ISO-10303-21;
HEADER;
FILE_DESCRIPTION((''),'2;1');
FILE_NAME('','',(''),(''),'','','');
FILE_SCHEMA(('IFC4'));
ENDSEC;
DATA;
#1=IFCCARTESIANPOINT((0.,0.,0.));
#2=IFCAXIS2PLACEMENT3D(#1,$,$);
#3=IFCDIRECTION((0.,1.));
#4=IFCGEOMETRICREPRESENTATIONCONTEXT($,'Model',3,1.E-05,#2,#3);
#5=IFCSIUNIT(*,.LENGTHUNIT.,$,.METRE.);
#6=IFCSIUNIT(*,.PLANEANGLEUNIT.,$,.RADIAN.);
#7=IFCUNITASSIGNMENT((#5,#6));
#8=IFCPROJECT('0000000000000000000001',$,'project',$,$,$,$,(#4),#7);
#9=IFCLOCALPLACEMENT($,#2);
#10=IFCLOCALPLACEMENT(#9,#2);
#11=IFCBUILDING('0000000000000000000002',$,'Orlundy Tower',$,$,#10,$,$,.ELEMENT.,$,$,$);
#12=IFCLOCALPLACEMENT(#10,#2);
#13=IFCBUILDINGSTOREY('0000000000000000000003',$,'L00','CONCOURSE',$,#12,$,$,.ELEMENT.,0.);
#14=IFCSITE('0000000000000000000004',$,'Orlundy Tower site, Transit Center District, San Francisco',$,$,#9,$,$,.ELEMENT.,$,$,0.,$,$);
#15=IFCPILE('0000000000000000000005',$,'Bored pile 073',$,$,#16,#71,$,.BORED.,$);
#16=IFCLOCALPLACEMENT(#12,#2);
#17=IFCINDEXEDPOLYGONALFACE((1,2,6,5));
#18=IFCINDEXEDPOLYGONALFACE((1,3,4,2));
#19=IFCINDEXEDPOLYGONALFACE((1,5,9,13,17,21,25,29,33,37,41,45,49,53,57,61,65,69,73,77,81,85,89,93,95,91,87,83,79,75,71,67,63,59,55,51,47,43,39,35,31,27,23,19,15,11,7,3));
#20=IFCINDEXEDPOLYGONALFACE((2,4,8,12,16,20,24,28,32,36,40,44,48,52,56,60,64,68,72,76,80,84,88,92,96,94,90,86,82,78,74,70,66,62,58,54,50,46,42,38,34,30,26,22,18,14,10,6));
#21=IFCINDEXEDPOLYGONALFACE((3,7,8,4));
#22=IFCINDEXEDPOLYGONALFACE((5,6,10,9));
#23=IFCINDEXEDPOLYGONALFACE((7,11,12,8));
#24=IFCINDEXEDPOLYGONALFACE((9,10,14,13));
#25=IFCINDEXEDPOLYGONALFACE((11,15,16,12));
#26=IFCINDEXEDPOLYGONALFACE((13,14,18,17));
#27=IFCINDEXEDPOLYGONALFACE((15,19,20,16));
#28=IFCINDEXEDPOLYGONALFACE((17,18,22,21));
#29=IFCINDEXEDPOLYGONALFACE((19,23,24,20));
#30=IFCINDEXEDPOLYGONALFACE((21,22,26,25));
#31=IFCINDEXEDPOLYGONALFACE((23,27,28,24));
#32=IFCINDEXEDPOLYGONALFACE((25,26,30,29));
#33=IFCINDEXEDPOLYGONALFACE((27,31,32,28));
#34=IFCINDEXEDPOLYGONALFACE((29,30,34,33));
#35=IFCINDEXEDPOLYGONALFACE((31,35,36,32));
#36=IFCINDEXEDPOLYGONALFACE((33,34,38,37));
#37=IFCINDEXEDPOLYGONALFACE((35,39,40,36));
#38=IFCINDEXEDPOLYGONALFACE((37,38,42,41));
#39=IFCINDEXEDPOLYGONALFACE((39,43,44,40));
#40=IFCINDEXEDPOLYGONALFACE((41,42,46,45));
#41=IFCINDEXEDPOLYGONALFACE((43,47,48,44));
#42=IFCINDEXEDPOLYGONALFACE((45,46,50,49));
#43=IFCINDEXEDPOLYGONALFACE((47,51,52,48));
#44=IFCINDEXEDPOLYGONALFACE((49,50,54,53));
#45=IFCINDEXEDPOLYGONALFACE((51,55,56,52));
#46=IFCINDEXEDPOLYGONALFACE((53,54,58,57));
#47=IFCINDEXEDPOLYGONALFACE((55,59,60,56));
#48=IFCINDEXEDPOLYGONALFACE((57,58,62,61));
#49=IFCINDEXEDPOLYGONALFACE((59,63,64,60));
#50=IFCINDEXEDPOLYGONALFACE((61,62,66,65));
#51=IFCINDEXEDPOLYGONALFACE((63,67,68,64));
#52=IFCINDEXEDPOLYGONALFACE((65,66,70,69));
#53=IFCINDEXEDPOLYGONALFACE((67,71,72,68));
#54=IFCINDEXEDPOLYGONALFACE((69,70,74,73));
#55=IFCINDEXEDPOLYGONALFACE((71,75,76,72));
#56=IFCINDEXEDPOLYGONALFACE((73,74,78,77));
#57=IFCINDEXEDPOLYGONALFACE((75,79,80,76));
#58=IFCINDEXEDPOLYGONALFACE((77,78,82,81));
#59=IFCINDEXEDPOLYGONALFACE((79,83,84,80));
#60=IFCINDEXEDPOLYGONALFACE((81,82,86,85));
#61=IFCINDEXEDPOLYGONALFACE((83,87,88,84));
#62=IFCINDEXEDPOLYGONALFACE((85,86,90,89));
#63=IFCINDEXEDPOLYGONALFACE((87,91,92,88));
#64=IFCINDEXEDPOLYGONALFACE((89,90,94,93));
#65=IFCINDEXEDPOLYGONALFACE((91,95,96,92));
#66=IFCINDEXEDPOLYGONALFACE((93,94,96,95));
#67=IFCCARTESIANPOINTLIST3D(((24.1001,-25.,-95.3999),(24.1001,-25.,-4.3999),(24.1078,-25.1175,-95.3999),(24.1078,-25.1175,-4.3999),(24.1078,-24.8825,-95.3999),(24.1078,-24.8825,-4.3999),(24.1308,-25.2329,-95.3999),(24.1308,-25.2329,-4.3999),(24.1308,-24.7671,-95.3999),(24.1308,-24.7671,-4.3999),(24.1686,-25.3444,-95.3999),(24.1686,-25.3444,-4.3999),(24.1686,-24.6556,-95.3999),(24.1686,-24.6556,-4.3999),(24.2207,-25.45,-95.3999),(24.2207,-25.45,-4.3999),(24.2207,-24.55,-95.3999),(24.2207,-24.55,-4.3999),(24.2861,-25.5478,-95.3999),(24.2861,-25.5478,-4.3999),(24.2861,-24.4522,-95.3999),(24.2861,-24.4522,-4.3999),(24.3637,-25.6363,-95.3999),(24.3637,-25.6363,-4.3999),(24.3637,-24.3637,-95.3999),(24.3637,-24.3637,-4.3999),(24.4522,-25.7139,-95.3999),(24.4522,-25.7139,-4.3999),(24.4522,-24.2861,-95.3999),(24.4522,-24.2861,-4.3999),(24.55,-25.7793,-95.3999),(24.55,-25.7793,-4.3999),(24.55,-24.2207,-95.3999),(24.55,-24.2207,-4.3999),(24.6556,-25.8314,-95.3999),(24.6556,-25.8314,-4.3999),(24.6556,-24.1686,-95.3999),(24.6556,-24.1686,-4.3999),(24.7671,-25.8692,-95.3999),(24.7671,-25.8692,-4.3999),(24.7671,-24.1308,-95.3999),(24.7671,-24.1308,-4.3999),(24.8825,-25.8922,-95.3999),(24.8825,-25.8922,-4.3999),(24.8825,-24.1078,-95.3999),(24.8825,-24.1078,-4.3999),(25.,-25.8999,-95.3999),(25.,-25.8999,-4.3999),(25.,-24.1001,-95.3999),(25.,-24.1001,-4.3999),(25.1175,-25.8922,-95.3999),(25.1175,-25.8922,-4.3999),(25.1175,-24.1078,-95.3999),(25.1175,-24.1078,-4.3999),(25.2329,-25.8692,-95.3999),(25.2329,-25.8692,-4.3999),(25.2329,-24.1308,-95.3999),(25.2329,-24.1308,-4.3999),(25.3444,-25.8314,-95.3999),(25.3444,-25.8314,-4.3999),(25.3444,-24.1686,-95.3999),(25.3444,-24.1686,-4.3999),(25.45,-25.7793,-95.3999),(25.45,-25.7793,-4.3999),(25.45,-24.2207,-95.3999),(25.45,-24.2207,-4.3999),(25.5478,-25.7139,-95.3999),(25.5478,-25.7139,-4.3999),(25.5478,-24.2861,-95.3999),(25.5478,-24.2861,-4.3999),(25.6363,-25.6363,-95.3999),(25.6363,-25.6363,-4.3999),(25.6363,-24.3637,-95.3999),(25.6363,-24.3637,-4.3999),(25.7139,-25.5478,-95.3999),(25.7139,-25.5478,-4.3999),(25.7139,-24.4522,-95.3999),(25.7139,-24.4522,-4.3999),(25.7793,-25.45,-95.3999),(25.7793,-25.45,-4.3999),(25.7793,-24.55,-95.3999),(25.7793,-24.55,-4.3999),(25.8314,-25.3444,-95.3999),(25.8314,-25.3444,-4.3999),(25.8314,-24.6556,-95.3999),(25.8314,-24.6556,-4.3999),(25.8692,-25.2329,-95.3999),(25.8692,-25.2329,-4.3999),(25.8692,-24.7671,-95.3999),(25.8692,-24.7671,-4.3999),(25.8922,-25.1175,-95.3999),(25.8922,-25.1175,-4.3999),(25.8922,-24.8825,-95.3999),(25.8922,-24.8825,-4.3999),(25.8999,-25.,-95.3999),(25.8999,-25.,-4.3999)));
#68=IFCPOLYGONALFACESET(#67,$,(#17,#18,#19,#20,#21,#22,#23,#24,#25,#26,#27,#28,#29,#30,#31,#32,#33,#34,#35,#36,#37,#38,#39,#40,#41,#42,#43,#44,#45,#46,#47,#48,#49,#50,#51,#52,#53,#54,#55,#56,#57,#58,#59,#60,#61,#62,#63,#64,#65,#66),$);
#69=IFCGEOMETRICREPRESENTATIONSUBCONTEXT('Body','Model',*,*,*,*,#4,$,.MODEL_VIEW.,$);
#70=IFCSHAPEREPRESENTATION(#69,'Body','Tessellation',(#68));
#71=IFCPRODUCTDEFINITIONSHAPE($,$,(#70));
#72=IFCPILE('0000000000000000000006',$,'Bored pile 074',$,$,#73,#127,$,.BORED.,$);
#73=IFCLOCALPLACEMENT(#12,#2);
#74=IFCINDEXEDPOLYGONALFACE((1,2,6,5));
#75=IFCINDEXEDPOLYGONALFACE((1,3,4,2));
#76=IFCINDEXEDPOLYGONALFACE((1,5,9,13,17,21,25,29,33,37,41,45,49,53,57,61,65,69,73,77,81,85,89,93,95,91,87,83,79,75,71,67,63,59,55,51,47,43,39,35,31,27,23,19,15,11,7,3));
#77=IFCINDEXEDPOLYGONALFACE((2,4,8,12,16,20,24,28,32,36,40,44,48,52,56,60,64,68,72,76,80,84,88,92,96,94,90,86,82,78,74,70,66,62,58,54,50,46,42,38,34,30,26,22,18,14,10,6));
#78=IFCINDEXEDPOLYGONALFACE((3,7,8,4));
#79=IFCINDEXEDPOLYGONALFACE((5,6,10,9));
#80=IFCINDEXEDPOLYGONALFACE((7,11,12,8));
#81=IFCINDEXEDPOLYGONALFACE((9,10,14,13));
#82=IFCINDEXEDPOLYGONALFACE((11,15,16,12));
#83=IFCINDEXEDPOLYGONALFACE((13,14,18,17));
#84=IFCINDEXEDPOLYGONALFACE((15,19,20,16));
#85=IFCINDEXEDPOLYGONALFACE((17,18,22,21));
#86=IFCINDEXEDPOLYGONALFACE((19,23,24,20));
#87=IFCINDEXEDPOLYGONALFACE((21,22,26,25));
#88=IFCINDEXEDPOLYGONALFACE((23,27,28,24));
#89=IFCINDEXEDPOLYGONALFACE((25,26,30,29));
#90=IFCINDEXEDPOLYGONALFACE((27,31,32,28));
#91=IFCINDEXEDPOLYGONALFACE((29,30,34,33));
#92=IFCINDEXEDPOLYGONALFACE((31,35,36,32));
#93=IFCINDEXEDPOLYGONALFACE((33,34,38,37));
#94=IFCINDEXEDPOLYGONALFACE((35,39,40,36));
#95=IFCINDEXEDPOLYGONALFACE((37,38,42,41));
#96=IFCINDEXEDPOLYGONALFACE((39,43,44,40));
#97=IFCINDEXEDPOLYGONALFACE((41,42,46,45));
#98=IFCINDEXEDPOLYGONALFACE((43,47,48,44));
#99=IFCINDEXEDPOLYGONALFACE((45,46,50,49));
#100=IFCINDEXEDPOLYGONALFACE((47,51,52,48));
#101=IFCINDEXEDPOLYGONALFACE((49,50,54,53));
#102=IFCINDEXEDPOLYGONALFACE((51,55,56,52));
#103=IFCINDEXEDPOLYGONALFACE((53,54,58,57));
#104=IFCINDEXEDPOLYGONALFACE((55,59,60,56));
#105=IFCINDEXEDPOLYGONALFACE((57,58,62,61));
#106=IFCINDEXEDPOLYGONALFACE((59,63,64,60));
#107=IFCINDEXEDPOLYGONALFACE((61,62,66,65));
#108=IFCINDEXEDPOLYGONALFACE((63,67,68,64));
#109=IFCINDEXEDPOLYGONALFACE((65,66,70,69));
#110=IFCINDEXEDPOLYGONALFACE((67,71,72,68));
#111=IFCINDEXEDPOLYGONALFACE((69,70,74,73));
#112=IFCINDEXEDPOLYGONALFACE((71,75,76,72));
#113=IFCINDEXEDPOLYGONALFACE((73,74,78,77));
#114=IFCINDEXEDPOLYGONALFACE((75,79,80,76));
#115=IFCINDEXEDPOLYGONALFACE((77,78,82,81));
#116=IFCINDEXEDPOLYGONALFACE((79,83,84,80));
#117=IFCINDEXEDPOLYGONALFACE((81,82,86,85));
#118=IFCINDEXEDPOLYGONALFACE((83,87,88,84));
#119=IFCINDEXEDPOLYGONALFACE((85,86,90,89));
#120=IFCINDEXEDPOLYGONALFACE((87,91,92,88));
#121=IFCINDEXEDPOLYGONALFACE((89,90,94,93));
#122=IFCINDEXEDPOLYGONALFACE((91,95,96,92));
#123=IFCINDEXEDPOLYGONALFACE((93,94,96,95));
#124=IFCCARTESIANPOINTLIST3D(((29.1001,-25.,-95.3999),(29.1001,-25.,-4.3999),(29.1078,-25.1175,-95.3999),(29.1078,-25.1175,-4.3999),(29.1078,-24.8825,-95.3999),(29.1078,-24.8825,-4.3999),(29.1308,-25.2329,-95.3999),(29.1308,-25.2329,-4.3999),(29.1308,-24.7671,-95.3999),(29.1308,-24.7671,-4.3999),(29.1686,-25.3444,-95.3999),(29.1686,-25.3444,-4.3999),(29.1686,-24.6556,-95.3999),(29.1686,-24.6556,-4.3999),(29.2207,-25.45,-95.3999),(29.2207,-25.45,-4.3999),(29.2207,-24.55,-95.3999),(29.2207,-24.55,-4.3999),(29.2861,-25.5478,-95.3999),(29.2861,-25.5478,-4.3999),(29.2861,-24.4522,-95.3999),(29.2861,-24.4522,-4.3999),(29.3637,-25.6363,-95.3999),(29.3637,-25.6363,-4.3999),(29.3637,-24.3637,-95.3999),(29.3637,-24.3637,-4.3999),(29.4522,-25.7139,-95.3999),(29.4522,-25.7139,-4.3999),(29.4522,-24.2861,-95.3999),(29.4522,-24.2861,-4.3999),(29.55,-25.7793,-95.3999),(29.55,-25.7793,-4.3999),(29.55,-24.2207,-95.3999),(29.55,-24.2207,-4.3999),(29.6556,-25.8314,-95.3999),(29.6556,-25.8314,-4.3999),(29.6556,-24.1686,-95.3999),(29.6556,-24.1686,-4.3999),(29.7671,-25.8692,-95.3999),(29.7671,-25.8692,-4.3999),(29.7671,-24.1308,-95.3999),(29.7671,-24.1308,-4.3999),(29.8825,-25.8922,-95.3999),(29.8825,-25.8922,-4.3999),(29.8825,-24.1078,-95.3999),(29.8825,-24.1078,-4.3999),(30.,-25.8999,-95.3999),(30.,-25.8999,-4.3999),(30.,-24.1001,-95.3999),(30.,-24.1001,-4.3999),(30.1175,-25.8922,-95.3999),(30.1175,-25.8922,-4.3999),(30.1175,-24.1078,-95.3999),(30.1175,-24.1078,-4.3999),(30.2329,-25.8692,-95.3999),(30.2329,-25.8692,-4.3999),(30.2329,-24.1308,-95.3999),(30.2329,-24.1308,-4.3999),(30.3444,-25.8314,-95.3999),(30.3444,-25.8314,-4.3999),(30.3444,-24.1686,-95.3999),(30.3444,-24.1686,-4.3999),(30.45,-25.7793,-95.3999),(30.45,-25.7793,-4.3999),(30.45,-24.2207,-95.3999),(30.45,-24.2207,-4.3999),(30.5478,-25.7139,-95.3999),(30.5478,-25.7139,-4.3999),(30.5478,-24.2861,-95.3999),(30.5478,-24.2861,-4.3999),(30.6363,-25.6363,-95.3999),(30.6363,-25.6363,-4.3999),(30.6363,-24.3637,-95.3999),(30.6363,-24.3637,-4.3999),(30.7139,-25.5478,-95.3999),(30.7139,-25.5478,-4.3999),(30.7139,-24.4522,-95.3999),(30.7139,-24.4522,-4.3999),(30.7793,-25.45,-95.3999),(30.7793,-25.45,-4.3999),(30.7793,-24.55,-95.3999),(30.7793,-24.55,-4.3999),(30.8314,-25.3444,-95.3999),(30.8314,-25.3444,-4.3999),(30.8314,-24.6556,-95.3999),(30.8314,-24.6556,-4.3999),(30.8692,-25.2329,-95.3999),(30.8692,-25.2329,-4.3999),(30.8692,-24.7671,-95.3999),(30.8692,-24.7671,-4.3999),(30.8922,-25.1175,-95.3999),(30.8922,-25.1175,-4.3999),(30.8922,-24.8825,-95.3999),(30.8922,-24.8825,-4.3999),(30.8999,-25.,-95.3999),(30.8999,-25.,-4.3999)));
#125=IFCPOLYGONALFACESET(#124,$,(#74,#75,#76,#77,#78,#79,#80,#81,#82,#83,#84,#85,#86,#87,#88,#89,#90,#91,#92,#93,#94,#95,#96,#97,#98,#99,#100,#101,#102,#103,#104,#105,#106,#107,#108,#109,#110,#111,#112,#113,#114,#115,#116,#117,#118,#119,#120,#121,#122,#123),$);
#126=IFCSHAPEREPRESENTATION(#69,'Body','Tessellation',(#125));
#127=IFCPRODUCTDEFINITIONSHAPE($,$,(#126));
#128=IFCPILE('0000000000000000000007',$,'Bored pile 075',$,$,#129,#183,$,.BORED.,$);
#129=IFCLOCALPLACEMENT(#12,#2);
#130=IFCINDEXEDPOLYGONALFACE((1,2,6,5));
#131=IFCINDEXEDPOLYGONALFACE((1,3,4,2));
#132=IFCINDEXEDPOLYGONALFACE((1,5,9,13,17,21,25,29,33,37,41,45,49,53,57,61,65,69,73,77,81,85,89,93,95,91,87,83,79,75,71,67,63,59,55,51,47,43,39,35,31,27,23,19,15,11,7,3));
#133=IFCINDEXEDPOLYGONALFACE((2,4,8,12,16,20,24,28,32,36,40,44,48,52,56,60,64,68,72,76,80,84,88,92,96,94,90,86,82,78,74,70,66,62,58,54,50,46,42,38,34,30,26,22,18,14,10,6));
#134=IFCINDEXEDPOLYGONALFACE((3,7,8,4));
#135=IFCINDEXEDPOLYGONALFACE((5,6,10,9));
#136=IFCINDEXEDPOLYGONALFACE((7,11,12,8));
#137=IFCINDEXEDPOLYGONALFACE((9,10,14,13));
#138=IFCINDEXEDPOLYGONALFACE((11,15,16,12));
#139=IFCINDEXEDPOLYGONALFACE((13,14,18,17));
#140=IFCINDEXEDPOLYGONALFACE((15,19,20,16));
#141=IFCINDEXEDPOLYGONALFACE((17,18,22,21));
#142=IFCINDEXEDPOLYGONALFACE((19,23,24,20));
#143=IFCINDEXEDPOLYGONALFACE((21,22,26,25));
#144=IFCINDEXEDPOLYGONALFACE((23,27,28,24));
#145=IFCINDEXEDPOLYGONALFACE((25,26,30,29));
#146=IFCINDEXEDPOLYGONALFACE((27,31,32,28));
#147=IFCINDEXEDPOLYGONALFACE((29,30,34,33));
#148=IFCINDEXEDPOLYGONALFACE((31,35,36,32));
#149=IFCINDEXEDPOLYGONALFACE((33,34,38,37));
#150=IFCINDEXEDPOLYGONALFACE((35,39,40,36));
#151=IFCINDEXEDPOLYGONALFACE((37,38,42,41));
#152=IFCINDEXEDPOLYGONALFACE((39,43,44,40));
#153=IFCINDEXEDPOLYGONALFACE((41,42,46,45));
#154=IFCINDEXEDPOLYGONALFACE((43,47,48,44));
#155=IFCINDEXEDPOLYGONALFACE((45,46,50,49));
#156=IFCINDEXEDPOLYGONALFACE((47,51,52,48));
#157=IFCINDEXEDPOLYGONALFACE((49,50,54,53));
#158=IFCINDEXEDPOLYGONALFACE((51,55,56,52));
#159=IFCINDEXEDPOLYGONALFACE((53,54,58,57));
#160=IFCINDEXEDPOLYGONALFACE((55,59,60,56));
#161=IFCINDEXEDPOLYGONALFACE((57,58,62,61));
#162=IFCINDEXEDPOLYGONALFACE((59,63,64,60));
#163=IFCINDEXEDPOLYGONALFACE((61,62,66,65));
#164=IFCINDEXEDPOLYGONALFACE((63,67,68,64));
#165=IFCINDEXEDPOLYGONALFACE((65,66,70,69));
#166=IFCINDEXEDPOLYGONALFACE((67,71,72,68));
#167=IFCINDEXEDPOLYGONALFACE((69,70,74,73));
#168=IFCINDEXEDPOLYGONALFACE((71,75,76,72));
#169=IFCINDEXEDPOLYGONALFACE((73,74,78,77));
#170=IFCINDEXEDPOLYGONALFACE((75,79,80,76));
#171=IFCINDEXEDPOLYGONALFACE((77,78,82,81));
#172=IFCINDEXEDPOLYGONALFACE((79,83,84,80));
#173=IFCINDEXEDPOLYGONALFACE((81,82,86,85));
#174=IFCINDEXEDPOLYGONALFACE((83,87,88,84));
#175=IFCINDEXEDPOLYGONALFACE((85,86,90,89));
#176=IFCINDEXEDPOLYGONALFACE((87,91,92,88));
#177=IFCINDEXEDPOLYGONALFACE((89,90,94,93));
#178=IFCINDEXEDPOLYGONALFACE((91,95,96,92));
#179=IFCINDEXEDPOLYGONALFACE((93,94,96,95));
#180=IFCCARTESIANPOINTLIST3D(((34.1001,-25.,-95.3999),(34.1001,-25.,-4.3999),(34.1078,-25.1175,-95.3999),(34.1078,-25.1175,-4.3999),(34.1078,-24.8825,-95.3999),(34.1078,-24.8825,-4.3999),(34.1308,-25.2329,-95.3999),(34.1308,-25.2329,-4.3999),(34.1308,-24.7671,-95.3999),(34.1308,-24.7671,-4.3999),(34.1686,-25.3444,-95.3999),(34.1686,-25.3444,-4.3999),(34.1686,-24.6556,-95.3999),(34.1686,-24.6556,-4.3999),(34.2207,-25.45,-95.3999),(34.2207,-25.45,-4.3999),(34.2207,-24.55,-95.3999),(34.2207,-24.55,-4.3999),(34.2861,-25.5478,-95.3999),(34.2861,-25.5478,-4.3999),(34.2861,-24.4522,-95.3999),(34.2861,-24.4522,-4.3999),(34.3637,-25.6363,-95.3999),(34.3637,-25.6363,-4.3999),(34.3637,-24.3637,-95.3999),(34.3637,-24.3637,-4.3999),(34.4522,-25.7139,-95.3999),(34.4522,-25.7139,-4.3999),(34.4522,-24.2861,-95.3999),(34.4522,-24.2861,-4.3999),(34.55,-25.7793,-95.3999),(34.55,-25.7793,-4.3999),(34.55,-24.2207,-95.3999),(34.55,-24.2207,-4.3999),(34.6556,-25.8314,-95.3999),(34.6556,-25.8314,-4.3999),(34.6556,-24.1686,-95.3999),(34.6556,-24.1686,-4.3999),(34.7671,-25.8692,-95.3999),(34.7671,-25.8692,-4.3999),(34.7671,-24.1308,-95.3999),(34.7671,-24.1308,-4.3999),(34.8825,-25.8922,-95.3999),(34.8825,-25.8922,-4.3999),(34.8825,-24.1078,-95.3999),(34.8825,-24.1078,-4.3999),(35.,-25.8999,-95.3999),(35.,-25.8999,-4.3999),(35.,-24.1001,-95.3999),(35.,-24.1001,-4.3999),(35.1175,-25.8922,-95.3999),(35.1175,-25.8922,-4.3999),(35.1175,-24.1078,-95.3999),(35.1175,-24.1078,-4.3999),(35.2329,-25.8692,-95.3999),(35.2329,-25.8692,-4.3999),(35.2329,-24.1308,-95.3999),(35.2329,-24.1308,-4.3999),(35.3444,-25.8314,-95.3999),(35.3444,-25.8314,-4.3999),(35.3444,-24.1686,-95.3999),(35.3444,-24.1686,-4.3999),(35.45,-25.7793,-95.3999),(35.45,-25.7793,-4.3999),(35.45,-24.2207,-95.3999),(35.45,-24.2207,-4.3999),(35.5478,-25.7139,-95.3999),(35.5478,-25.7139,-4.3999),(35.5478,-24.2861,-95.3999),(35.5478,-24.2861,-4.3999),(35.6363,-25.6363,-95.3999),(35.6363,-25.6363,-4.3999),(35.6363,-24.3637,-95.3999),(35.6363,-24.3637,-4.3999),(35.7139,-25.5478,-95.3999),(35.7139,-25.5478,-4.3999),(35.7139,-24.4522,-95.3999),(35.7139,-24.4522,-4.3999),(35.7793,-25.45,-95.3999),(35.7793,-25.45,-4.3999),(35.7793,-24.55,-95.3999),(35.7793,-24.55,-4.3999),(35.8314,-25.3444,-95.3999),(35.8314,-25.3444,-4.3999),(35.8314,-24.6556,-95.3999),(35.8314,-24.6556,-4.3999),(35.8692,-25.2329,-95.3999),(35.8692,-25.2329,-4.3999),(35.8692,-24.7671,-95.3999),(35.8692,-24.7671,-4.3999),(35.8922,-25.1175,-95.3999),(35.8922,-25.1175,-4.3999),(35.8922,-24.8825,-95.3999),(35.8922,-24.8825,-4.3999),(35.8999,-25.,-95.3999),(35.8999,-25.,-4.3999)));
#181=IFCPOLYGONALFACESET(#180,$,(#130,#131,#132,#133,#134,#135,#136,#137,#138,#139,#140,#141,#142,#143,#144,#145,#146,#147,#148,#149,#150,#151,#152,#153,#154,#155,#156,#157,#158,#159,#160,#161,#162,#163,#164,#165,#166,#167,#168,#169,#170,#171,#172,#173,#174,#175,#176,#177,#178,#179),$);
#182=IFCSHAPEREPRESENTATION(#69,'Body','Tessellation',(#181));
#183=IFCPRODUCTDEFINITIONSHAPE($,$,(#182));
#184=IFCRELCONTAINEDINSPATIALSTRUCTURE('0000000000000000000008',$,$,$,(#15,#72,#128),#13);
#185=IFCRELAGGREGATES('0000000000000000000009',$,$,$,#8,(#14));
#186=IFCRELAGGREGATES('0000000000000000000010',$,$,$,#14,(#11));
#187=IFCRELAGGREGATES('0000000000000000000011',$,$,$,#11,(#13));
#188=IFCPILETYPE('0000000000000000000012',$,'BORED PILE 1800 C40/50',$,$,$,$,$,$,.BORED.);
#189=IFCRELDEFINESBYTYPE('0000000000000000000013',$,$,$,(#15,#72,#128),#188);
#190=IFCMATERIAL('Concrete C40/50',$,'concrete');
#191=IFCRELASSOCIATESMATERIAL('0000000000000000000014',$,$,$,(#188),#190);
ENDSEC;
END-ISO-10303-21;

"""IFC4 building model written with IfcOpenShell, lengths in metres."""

from ifc_helpers import new_model, si_unit, direction, frame, origin, origin_2d, place, context, subcontext, project, spatial, circle, extrude, material, material_profile, profile_set, type_object, element, save


model = new_model("IFC4")

# Units and contexts
model_context = context("Model", 3, precision=1e-05, world=origin(), true_north=direction((0.0, 1.0)))
body_context = subcontext(model_context, "Body", "Model", "MODEL_VIEW")
ifc_project = project(units=[si_unit("LENGTHUNIT", "METRE"), si_unit("PLANEANGLEUNIT", "RADIAN")], contexts=[model_context])

# Site, building, storey
site_placement = place(None, origin())
site = spatial("IfcSite", under=ifc_project, at=site_placement, Name="Orlundy Tower site, Transit Center District, San Francisco", CompositionType="ELEMENT", RefElevation=0.0)
building_placement = place(site_placement, origin())
building = spatial("IfcBuilding", under=site, at=building_placement, Name="Orlundy Tower", CompositionType="ELEMENT")
storey_placement = place(building_placement, origin())
storey = spatial("IfcBuildingStorey", under=building, at=storey_placement, Name="L00", Description="CONCOURSE", CompositionType="ELEMENT", Elevation=0.0)

# Piles
ifc_material_1 = material(Name="Concrete C40/50", Category="concrete")
ifc_material_profile_1 = material_profile(ifc_material_1, circle(Radius=0.8999, at=origin_2d()), Name="BP1800")
ifc_profile_set_1 = profile_set([ifc_material_profile_1], Name="Concrete C40/50")
pile_type = type_object("IfcPileType", Name="BORED PILE 1800 C40/50", PredefinedType="BORED", material=ifc_profile_set_1)
for number, where, z_axis, x_axis, name in (
    (1, (25.0, -25.0, -4.3999), (0.0, 0.0, -1.0), (1.0, 0.0, 0.0), "Bored pile 073"),
    (2, (30.0, -25.0, -4.3999), (0.0, 0.0, -1.0), (1.0, 0.0, 0.0), "Bored pile 074"),
    (3, (35.0, -25.0, -4.3999), (0.0, 0.0, -1.0), (1.0, 0.0, 0.0), "Bored pile 075"),
):
    element("IfcPile", number, at=place(storey_placement, frame(where, z_axis=z_axis, x_axis=x_axis)), inside=storey, type_object=pile_type, Name=name, PredefinedType="BORED", context=body_context, shape_type="SweptSolid", body=[
        extrude(circle(Radius=0.8999, at=origin_2d()), origin(), (0.0, 0.0, 1.0), 91.0),
    ])

save(model, "model.ifc")
